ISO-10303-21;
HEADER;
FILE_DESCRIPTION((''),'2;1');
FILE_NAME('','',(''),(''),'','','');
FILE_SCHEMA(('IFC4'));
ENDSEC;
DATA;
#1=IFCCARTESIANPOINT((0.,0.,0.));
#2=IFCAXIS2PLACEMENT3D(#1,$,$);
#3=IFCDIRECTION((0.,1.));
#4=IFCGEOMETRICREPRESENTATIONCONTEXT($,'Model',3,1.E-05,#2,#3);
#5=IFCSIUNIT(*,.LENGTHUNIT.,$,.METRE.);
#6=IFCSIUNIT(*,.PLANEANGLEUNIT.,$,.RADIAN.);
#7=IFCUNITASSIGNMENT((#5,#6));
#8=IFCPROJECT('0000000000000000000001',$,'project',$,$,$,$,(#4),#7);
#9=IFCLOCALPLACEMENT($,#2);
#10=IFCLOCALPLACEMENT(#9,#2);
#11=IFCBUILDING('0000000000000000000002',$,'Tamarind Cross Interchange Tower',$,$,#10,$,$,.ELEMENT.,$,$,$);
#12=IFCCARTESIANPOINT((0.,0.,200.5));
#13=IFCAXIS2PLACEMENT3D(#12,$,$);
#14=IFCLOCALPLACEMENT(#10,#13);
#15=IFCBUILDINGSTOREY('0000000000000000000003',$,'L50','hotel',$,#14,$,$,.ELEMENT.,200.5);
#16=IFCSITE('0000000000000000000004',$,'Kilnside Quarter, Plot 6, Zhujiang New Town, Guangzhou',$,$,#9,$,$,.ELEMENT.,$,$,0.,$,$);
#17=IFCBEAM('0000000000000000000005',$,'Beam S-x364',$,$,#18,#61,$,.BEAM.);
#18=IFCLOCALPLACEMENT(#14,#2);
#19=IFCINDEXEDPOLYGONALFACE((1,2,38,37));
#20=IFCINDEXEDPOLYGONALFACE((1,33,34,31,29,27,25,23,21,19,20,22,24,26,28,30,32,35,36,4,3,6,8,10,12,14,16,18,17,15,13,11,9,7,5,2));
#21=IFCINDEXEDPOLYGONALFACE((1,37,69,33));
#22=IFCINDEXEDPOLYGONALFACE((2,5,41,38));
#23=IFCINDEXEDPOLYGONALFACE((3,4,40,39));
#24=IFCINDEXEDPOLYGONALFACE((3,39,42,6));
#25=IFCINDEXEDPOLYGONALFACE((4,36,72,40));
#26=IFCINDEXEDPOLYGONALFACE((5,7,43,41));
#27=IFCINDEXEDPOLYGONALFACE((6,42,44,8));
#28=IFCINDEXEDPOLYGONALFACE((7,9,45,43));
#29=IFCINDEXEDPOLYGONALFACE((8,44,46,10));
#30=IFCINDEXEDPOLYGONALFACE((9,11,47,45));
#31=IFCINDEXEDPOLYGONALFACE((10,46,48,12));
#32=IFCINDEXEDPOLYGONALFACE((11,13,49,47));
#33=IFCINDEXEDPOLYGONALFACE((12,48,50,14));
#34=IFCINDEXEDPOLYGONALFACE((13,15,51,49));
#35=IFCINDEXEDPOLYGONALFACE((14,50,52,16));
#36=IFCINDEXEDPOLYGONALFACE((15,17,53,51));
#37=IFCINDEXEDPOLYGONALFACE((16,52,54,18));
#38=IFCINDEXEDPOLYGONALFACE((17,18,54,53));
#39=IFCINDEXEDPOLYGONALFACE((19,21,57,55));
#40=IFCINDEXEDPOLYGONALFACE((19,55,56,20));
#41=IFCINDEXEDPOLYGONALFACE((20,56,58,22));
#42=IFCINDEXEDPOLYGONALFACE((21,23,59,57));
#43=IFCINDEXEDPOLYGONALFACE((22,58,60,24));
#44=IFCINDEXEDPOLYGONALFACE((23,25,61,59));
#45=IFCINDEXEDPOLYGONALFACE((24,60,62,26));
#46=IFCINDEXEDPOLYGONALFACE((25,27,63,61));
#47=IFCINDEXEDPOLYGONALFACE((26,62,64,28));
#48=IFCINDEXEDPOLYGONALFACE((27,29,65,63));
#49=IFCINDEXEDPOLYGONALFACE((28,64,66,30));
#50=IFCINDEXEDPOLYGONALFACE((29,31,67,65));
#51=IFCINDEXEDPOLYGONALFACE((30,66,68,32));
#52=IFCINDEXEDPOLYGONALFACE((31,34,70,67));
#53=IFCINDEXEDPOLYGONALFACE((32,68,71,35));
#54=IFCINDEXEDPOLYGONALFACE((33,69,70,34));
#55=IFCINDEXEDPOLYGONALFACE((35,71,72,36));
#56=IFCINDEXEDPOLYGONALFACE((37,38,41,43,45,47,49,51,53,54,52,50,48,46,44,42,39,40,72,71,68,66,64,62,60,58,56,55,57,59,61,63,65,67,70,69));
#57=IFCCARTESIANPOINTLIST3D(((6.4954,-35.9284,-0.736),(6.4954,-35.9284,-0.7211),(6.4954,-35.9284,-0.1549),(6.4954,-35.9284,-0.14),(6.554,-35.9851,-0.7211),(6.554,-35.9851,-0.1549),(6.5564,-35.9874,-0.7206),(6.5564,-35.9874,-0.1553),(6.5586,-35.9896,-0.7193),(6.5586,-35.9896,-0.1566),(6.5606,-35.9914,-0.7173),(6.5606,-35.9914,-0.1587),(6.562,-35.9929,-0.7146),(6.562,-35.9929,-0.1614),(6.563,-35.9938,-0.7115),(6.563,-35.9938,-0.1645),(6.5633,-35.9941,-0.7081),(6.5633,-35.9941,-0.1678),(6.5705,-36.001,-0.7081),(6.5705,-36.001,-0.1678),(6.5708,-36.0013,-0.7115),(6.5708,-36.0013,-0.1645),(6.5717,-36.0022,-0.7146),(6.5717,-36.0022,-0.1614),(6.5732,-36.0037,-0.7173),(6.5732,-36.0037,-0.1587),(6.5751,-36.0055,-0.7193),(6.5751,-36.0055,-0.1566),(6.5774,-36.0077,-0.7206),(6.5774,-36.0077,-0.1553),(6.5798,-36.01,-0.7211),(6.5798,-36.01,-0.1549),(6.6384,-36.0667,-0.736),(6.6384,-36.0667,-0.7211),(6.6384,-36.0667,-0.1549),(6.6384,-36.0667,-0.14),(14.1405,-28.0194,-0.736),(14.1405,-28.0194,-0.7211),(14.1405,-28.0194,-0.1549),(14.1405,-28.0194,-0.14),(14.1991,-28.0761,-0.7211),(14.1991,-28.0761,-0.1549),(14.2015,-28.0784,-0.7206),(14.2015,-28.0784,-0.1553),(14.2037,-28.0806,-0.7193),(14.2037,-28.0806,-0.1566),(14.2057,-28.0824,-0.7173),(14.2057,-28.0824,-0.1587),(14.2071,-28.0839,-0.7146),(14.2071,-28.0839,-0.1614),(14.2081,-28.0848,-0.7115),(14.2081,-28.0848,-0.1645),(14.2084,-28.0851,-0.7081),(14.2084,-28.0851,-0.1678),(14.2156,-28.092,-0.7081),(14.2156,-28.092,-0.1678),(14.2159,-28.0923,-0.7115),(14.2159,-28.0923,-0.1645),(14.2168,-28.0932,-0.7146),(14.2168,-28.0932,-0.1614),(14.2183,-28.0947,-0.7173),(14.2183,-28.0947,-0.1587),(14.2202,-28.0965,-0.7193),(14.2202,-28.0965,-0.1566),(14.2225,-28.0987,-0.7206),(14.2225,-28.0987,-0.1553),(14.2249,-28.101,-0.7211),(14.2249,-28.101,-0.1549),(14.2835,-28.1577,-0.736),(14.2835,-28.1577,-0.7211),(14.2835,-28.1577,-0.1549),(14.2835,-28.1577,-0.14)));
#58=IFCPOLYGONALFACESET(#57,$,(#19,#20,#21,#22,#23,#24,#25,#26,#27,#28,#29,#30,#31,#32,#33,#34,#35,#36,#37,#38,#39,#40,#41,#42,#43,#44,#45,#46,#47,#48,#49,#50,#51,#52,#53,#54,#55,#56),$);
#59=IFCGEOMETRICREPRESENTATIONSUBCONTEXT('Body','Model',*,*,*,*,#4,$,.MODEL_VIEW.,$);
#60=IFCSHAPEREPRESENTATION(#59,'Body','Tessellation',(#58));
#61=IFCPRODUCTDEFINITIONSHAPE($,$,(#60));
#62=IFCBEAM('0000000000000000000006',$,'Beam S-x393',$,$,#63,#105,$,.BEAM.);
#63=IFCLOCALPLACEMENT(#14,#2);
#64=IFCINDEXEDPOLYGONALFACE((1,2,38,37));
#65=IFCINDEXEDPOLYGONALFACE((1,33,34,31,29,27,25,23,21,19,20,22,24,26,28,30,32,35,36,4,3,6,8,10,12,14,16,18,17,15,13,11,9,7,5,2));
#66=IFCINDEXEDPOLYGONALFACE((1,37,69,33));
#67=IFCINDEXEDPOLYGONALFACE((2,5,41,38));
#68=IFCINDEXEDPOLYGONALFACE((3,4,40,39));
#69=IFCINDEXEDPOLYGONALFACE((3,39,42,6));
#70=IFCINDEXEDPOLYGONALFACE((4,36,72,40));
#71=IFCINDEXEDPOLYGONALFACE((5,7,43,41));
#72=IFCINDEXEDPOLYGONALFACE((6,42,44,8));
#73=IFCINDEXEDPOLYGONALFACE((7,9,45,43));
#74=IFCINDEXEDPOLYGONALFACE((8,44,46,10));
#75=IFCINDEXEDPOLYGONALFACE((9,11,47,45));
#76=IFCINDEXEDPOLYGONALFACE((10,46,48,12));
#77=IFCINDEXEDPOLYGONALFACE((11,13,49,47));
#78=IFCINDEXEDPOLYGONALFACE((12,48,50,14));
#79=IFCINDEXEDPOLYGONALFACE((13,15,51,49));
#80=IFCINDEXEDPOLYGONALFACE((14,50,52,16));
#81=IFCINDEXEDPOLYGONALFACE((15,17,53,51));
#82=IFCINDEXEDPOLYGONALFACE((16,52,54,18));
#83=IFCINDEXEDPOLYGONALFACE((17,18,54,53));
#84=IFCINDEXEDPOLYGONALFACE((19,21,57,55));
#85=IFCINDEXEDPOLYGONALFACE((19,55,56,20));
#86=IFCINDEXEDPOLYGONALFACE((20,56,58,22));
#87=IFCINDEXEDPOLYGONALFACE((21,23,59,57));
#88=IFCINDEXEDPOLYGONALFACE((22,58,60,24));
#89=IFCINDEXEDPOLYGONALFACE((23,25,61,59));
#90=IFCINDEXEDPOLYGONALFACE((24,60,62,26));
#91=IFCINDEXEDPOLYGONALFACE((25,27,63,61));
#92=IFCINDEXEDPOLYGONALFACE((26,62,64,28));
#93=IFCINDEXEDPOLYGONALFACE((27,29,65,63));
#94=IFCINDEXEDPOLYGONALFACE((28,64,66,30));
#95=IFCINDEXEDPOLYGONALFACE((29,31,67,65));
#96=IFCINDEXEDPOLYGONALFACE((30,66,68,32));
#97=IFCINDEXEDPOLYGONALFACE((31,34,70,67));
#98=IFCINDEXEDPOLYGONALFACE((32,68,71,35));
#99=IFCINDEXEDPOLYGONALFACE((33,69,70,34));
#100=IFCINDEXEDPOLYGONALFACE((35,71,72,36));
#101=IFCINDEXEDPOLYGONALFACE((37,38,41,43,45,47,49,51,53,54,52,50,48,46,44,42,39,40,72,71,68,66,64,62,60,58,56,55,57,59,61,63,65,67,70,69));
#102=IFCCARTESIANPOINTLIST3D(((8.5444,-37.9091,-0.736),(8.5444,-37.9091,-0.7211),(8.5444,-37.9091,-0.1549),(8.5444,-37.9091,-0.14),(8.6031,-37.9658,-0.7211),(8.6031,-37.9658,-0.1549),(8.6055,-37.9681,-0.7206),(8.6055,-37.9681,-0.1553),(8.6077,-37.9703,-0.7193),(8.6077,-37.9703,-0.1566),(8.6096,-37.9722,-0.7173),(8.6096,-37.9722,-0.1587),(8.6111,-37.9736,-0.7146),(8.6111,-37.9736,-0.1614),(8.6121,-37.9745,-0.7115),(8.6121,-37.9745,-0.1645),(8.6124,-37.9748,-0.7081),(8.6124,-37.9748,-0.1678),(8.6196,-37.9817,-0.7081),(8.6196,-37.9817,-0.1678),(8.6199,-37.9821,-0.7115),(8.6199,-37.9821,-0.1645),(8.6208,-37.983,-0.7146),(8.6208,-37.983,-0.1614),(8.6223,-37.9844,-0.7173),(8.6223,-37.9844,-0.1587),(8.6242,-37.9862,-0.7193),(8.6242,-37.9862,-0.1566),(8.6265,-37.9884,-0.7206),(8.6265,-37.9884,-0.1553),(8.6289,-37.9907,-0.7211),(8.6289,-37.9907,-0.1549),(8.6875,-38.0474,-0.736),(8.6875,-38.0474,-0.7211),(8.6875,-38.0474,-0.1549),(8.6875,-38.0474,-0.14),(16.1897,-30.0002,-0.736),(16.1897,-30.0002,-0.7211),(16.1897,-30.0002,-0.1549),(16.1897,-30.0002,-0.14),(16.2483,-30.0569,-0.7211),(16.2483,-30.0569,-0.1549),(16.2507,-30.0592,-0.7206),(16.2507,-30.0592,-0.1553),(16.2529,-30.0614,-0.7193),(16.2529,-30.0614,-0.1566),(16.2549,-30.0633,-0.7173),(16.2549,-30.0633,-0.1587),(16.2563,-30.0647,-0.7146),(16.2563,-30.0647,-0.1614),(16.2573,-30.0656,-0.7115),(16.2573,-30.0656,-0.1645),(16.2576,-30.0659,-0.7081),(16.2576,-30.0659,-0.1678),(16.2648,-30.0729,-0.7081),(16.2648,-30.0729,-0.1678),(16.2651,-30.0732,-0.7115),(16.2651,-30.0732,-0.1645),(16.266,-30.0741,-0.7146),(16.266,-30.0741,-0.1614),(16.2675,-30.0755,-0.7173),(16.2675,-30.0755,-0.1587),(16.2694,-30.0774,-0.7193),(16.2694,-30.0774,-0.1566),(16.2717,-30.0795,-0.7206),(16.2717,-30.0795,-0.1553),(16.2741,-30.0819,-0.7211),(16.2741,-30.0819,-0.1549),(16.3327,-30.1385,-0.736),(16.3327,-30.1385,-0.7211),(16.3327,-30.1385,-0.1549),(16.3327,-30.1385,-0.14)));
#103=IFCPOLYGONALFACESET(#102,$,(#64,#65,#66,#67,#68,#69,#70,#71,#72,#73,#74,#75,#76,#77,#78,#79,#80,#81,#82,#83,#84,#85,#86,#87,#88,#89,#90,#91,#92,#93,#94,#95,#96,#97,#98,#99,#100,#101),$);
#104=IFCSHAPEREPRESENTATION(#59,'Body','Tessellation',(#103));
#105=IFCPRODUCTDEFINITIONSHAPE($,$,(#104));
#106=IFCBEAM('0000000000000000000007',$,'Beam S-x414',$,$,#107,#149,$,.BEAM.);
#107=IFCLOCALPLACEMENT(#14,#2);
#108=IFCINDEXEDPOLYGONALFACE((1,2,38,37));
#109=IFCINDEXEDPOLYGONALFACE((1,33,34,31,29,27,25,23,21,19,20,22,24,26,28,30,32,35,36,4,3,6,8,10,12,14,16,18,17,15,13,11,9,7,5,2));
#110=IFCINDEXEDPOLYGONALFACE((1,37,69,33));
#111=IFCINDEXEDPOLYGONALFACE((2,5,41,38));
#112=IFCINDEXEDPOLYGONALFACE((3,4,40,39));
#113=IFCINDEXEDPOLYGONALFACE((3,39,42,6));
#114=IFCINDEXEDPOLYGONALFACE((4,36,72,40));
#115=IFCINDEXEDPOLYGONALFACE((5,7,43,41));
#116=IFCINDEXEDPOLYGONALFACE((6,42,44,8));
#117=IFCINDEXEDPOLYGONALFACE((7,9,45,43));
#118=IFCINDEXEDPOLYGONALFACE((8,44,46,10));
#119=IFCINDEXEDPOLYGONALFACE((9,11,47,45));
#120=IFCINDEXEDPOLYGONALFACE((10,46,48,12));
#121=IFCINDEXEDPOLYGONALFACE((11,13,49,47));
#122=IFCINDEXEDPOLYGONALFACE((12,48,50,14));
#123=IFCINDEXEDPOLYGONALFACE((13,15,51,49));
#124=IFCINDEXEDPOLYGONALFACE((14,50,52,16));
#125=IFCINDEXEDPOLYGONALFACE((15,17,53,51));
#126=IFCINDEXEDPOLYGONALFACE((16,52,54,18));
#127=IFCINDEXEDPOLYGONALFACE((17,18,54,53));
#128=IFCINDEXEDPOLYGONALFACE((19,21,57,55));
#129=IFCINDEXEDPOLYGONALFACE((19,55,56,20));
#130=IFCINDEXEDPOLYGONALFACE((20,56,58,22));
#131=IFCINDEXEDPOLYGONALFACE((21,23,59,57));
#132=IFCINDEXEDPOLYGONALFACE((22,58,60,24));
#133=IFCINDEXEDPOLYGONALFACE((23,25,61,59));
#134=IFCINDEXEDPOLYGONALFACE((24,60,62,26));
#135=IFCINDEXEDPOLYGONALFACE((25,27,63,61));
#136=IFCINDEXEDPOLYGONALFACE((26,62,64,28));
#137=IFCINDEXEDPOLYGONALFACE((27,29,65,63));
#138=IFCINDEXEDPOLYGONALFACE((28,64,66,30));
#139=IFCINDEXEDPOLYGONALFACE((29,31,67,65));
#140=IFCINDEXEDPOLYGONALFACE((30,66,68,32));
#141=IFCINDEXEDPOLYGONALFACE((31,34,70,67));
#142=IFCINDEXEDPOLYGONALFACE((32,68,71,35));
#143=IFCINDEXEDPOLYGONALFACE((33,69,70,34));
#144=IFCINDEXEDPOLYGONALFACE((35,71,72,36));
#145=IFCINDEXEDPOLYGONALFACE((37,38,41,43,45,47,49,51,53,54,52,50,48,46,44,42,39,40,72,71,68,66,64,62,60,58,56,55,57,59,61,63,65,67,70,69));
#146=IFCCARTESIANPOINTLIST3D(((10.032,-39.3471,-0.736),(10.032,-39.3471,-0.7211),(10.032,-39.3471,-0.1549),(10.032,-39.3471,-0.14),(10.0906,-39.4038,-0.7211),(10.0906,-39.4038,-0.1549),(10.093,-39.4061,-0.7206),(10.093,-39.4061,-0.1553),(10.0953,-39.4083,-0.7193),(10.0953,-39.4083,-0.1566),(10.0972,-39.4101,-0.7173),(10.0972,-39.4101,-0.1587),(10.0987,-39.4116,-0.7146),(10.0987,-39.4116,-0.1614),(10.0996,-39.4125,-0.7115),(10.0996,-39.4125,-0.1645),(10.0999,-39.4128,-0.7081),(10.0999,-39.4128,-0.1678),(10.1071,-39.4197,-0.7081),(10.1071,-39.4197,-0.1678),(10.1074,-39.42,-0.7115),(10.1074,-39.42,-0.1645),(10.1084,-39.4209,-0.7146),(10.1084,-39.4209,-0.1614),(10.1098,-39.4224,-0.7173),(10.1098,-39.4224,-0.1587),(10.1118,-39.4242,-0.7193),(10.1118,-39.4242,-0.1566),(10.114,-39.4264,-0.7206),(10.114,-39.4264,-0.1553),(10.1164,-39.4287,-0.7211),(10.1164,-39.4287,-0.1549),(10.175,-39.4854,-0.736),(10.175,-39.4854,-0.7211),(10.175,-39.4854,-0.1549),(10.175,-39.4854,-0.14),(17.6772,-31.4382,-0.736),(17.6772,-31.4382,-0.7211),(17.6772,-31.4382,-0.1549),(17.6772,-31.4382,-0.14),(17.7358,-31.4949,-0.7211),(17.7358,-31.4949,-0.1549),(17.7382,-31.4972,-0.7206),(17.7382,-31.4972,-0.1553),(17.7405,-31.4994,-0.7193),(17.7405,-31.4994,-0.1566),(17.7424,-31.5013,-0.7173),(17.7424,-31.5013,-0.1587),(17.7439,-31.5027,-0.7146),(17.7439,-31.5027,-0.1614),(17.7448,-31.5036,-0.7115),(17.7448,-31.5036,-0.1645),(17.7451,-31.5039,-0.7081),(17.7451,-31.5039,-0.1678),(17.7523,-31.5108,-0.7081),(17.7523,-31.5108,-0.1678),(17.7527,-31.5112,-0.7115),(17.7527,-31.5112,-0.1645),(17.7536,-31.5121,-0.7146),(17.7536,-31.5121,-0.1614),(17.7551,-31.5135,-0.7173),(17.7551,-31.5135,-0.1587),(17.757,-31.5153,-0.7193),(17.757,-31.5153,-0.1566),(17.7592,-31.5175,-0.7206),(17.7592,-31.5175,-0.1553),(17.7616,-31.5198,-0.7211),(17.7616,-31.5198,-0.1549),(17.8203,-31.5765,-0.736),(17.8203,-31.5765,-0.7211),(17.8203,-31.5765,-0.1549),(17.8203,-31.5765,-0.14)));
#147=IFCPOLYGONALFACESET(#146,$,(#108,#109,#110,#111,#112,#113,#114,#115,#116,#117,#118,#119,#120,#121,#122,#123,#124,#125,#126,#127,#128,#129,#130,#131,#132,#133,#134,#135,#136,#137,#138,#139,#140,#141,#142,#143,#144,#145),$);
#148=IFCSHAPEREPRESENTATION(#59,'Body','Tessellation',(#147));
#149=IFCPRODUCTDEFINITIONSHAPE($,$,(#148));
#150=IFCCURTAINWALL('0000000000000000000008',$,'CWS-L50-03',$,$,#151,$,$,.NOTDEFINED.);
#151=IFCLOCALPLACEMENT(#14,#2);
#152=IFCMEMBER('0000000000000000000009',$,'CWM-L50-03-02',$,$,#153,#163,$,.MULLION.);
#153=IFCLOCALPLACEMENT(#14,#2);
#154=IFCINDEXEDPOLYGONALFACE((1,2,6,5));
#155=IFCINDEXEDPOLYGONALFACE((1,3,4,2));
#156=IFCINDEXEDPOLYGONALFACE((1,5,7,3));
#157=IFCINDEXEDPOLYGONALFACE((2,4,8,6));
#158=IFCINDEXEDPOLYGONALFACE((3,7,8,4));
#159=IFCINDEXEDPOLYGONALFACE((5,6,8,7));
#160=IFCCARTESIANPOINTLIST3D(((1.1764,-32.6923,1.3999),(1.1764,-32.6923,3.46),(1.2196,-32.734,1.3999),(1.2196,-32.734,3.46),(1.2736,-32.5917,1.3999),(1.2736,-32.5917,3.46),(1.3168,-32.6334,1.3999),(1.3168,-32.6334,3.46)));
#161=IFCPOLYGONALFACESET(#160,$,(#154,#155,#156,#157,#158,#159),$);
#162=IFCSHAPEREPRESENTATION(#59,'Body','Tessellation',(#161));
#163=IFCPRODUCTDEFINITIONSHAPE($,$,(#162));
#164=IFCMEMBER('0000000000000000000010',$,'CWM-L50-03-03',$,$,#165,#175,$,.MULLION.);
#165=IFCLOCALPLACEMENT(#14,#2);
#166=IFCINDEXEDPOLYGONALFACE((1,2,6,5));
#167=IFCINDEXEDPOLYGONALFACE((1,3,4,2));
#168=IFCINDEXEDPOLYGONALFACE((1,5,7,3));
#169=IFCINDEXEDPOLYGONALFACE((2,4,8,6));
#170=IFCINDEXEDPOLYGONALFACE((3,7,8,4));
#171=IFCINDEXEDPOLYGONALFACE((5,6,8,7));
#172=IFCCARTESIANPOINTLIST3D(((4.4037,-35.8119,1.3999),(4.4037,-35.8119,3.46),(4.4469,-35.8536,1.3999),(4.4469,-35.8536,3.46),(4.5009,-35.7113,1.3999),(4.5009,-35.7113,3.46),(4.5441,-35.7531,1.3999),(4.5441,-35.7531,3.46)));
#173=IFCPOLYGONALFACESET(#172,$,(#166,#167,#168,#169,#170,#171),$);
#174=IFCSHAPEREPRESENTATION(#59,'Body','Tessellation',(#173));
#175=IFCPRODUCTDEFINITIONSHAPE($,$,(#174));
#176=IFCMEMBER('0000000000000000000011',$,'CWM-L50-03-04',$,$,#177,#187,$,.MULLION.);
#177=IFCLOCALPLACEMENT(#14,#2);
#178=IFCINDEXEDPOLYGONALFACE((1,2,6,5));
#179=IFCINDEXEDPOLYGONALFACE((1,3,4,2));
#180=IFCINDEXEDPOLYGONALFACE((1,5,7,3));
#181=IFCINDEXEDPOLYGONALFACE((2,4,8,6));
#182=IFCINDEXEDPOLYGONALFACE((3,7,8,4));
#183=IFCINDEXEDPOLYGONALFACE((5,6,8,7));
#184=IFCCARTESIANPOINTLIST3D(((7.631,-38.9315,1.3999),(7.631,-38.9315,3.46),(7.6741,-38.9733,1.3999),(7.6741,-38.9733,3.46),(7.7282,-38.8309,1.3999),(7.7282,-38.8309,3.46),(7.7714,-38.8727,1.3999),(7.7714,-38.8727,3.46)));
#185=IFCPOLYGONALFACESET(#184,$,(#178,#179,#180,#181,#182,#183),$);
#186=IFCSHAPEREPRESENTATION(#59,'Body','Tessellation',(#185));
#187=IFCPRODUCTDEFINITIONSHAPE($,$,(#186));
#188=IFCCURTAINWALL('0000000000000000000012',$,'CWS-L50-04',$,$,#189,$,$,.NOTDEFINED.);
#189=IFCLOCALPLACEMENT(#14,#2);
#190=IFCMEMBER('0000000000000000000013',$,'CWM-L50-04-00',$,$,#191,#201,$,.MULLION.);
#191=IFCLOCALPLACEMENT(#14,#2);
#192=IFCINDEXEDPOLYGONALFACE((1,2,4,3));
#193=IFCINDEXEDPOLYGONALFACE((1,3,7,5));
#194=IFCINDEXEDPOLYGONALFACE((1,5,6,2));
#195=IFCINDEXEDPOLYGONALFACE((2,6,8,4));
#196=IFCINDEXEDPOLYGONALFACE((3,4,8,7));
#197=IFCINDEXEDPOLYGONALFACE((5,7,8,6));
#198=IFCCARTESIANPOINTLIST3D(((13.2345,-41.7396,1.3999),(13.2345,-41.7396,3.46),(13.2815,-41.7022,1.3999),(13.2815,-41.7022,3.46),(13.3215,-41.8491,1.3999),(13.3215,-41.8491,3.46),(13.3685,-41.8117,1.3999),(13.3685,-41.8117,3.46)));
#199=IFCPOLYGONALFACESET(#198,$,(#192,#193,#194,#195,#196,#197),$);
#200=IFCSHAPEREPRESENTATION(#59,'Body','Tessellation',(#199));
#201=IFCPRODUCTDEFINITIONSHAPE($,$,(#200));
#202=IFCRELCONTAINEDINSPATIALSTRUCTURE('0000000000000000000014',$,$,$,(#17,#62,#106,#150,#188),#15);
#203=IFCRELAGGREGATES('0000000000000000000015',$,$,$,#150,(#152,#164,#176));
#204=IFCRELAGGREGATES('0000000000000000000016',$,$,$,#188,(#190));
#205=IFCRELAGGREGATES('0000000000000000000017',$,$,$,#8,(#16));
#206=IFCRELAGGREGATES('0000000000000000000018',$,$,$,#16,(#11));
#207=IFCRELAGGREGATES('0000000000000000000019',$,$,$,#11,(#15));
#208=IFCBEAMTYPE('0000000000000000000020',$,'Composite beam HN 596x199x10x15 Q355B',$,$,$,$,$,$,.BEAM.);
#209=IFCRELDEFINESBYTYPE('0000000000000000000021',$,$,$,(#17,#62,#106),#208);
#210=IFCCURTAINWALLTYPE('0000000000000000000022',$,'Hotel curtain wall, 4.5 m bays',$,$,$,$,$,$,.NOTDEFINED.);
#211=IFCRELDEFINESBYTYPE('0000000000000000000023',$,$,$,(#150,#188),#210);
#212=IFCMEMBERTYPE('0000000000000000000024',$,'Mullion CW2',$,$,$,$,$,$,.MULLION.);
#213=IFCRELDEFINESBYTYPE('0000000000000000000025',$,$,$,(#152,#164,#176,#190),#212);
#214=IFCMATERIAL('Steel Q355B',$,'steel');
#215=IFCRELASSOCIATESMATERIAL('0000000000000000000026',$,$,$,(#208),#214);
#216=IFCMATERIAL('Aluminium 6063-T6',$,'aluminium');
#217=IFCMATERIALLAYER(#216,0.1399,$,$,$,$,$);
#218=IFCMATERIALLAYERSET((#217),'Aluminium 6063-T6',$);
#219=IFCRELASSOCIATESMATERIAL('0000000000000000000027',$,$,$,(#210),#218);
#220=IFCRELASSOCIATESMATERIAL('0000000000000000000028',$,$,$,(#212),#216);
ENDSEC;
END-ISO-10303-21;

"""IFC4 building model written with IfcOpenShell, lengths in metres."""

from ifc_helpers import new_model, si_unit, direction, frame, origin, origin_2d, place, context, subcontext, project, spatial, rectangle, i_section, extrude, material, layer, layer_set, material_profile, profile_set, type_object, element, aggregate, save


model = new_model("IFC4")

# Units and contexts
model_context = context("Model", 3, precision=1e-05, world=origin(), true_north=direction((0.0, 1.0)))
body_context = subcontext(model_context, "Body", "Model", "MODEL_VIEW")
ifc_project = project(units=[si_unit("LENGTHUNIT", "METRE"), si_unit("PLANEANGLEUNIT", "RADIAN")], contexts=[model_context])

# Site, building, storey
site_placement = place(None, origin())
site = spatial("IfcSite", under=ifc_project, at=site_placement, Name="Kilnside Quarter, Plot 6, Zhujiang New Town, Guangzhou", CompositionType="ELEMENT", RefElevation=0.0)
building_placement = place(site_placement, origin())
building = spatial("IfcBuilding", under=site, at=building_placement, Name="Tamarind Cross Interchange Tower", CompositionType="ELEMENT")
storey_placement = place(building_placement, frame((0.0, 0.0, 200.5)))
storey = spatial("IfcBuildingStorey", under=building, at=storey_placement, Name="L50", Description="hotel", CompositionType="ELEMENT", Elevation=200.5)

# Beams
ifc_material_1 = material(Name="Steel Q355B", Category="steel")
ifc_material_profile_1 = material_profile(ifc_material_1, i_section(OverallWidth=0.199, OverallDepth=0.5959, WebThickness=0.01, FlangeThickness=0.0149, FilletRadius=0.0129, at=origin_2d()), Name="HN 596x199x10x15")
ifc_profile_set_1 = profile_set([ifc_material_profile_1], Name="Steel Q355B")
beam_type_1 = type_object("IfcBeamType", Name="Composite beam HN 596x199x10x15 Q355B", PredefinedType="BEAM", material=ifc_profile_set_1)
for number, where, z_axis, x_axis, name in (
    (1, (6.5669, -35.9976, -0.438), (0.695009, 0.719001, 0.0), (-0.719001, 0.695009, 0.0), "Beam S-x364"),
    (2, (8.616, -37.9783, -0.438), (0.69502, 0.71899, 0.0), (-0.71899, 0.69502, 0.0), "Beam S-x393"),
    (3, (10.1035, -39.4163, -0.438), (0.69502, 0.71899, 0.0), (-0.71899, 0.69502, 0.0), "Beam S-x414"),
):
    element("IfcBeam", number, at=place(storey_placement, frame(where, z_axis=z_axis, x_axis=x_axis)), inside=storey, type_object=beam_type_1, Name=name, PredefinedType="BEAM", context=body_context, shape_type="SweptSolid", body=[
        extrude(i_section(OverallWidth=0.199, OverallDepth=0.5959, WebThickness=0.01, FlangeThickness=0.0149, FilletRadius=0.0129, at=origin_2d()), origin(), (0.0, 0.0, 1.0), 11.0),
    ])

# Curtain walls, members
ifc_material_2 = material(Name="Aluminium 6063-T6", Category="aluminium")
ifc_layer_1 = layer(ifc_material_2, 0.1399)
ifc_layer_set_1 = layer_set([ifc_layer_1], Name="Aluminium 6063-T6")
curtain_wall_type = type_object("IfcCurtainWallType", Name="Hotel curtain wall, 4.5 m bays", PredefinedType="NOTDEFINED", material=ifc_layer_set_1)
curtain_wall_1_placement = place(storey_placement, origin())
curtain_wall_1 = element("IfcCurtainWall", 4, at=curtain_wall_1_placement, inside=storey, type_object=curtain_wall_type, Name="CWS-L50-03", PredefinedType="NOTDEFINED")
ifc_material_profile_2 = material_profile(ifc_material_2, rectangle(XDim=0.0601, YDim=0.1399, at=origin_2d()), Name="Mullion CW2")
ifc_profile_set_2 = profile_set([ifc_material_profile_2], Name="Aluminium 6063-T6")
member_type = type_object("IfcMemberType", Name="Mullion CW2", PredefinedType="MULLION", material=ifc_profile_set_2)
member_1_placement = place(storey_placement, frame((1.2466, -32.6628, 1.3999), z_axis=(0.0, 0.0, 1.0), x_axis=(0.718991, -0.69502, 0.0)))
member_1 = element("IfcMember", 5, at=member_1_placement, type_object=member_type, Name="CWM-L50-03-02", PredefinedType="MULLION", context=body_context, shape_type="SweptSolid", body=[
    extrude(rectangle(XDim=0.0601, YDim=0.1399, at=origin_2d()), origin(), (0.0, 0.0, 1.0), 2.0601),
])
member_2_placement = place(storey_placement, frame((4.4739, -35.7825, 1.3999), z_axis=(0.0, 0.0, 1.0), x_axis=(0.718991, -0.69502, 0.0)))
member_2 = element("IfcMember", 6, at=member_2_placement, type_object=member_type, Name="CWM-L50-03-03", PredefinedType="MULLION", context=body_context, shape_type="SweptSolid", body=[
    extrude(rectangle(XDim=0.0601, YDim=0.1399, at=origin_2d()), origin(), (0.0, 0.0, 1.0), 2.0601),
])
member_3_placement = place(storey_placement, frame((7.7012, -38.9021, 1.3999), z_axis=(0.0, 0.0, 1.0), x_axis=(0.718991, -0.69502, 0.0)))
member_3 = element("IfcMember", 7, at=member_3_placement, type_object=member_type, Name="CWM-L50-03-04", PredefinedType="MULLION", context=body_context, shape_type="SweptSolid", body=[
    extrude(rectangle(XDim=0.0601, YDim=0.1399, at=origin_2d()), origin(), (0.0, 0.0, 1.0), 2.0601),
])
aggregate(curtain_wall_1, [member_1, member_2, member_3])
curtain_wall_2_placement = place(storey_placement, origin())
curtain_wall_2 = element("IfcCurtainWall", 8, at=curtain_wall_2_placement, inside=storey, type_object=curtain_wall_type, Name="CWS-L50-04", PredefinedType="NOTDEFINED")
member_4_placement = place(storey_placement, frame((13.3015, -41.7756, 1.3999), z_axis=(0.0, 0.0, 1.0), x_axis=(0.782921, 0.622121, 0.0)))
member_4 = element("IfcMember", 9, at=member_4_placement, type_object=member_type, Name="CWM-L50-04-00", PredefinedType="MULLION", context=body_context, shape_type="SweptSolid", body=[
    extrude(rectangle(XDim=0.0601, YDim=0.1399, at=origin_2d()), origin(), (0.0, 0.0, 1.0), 2.0601),
])
aggregate(curtain_wall_2, [member_4])

save(model, "model.ifc")
